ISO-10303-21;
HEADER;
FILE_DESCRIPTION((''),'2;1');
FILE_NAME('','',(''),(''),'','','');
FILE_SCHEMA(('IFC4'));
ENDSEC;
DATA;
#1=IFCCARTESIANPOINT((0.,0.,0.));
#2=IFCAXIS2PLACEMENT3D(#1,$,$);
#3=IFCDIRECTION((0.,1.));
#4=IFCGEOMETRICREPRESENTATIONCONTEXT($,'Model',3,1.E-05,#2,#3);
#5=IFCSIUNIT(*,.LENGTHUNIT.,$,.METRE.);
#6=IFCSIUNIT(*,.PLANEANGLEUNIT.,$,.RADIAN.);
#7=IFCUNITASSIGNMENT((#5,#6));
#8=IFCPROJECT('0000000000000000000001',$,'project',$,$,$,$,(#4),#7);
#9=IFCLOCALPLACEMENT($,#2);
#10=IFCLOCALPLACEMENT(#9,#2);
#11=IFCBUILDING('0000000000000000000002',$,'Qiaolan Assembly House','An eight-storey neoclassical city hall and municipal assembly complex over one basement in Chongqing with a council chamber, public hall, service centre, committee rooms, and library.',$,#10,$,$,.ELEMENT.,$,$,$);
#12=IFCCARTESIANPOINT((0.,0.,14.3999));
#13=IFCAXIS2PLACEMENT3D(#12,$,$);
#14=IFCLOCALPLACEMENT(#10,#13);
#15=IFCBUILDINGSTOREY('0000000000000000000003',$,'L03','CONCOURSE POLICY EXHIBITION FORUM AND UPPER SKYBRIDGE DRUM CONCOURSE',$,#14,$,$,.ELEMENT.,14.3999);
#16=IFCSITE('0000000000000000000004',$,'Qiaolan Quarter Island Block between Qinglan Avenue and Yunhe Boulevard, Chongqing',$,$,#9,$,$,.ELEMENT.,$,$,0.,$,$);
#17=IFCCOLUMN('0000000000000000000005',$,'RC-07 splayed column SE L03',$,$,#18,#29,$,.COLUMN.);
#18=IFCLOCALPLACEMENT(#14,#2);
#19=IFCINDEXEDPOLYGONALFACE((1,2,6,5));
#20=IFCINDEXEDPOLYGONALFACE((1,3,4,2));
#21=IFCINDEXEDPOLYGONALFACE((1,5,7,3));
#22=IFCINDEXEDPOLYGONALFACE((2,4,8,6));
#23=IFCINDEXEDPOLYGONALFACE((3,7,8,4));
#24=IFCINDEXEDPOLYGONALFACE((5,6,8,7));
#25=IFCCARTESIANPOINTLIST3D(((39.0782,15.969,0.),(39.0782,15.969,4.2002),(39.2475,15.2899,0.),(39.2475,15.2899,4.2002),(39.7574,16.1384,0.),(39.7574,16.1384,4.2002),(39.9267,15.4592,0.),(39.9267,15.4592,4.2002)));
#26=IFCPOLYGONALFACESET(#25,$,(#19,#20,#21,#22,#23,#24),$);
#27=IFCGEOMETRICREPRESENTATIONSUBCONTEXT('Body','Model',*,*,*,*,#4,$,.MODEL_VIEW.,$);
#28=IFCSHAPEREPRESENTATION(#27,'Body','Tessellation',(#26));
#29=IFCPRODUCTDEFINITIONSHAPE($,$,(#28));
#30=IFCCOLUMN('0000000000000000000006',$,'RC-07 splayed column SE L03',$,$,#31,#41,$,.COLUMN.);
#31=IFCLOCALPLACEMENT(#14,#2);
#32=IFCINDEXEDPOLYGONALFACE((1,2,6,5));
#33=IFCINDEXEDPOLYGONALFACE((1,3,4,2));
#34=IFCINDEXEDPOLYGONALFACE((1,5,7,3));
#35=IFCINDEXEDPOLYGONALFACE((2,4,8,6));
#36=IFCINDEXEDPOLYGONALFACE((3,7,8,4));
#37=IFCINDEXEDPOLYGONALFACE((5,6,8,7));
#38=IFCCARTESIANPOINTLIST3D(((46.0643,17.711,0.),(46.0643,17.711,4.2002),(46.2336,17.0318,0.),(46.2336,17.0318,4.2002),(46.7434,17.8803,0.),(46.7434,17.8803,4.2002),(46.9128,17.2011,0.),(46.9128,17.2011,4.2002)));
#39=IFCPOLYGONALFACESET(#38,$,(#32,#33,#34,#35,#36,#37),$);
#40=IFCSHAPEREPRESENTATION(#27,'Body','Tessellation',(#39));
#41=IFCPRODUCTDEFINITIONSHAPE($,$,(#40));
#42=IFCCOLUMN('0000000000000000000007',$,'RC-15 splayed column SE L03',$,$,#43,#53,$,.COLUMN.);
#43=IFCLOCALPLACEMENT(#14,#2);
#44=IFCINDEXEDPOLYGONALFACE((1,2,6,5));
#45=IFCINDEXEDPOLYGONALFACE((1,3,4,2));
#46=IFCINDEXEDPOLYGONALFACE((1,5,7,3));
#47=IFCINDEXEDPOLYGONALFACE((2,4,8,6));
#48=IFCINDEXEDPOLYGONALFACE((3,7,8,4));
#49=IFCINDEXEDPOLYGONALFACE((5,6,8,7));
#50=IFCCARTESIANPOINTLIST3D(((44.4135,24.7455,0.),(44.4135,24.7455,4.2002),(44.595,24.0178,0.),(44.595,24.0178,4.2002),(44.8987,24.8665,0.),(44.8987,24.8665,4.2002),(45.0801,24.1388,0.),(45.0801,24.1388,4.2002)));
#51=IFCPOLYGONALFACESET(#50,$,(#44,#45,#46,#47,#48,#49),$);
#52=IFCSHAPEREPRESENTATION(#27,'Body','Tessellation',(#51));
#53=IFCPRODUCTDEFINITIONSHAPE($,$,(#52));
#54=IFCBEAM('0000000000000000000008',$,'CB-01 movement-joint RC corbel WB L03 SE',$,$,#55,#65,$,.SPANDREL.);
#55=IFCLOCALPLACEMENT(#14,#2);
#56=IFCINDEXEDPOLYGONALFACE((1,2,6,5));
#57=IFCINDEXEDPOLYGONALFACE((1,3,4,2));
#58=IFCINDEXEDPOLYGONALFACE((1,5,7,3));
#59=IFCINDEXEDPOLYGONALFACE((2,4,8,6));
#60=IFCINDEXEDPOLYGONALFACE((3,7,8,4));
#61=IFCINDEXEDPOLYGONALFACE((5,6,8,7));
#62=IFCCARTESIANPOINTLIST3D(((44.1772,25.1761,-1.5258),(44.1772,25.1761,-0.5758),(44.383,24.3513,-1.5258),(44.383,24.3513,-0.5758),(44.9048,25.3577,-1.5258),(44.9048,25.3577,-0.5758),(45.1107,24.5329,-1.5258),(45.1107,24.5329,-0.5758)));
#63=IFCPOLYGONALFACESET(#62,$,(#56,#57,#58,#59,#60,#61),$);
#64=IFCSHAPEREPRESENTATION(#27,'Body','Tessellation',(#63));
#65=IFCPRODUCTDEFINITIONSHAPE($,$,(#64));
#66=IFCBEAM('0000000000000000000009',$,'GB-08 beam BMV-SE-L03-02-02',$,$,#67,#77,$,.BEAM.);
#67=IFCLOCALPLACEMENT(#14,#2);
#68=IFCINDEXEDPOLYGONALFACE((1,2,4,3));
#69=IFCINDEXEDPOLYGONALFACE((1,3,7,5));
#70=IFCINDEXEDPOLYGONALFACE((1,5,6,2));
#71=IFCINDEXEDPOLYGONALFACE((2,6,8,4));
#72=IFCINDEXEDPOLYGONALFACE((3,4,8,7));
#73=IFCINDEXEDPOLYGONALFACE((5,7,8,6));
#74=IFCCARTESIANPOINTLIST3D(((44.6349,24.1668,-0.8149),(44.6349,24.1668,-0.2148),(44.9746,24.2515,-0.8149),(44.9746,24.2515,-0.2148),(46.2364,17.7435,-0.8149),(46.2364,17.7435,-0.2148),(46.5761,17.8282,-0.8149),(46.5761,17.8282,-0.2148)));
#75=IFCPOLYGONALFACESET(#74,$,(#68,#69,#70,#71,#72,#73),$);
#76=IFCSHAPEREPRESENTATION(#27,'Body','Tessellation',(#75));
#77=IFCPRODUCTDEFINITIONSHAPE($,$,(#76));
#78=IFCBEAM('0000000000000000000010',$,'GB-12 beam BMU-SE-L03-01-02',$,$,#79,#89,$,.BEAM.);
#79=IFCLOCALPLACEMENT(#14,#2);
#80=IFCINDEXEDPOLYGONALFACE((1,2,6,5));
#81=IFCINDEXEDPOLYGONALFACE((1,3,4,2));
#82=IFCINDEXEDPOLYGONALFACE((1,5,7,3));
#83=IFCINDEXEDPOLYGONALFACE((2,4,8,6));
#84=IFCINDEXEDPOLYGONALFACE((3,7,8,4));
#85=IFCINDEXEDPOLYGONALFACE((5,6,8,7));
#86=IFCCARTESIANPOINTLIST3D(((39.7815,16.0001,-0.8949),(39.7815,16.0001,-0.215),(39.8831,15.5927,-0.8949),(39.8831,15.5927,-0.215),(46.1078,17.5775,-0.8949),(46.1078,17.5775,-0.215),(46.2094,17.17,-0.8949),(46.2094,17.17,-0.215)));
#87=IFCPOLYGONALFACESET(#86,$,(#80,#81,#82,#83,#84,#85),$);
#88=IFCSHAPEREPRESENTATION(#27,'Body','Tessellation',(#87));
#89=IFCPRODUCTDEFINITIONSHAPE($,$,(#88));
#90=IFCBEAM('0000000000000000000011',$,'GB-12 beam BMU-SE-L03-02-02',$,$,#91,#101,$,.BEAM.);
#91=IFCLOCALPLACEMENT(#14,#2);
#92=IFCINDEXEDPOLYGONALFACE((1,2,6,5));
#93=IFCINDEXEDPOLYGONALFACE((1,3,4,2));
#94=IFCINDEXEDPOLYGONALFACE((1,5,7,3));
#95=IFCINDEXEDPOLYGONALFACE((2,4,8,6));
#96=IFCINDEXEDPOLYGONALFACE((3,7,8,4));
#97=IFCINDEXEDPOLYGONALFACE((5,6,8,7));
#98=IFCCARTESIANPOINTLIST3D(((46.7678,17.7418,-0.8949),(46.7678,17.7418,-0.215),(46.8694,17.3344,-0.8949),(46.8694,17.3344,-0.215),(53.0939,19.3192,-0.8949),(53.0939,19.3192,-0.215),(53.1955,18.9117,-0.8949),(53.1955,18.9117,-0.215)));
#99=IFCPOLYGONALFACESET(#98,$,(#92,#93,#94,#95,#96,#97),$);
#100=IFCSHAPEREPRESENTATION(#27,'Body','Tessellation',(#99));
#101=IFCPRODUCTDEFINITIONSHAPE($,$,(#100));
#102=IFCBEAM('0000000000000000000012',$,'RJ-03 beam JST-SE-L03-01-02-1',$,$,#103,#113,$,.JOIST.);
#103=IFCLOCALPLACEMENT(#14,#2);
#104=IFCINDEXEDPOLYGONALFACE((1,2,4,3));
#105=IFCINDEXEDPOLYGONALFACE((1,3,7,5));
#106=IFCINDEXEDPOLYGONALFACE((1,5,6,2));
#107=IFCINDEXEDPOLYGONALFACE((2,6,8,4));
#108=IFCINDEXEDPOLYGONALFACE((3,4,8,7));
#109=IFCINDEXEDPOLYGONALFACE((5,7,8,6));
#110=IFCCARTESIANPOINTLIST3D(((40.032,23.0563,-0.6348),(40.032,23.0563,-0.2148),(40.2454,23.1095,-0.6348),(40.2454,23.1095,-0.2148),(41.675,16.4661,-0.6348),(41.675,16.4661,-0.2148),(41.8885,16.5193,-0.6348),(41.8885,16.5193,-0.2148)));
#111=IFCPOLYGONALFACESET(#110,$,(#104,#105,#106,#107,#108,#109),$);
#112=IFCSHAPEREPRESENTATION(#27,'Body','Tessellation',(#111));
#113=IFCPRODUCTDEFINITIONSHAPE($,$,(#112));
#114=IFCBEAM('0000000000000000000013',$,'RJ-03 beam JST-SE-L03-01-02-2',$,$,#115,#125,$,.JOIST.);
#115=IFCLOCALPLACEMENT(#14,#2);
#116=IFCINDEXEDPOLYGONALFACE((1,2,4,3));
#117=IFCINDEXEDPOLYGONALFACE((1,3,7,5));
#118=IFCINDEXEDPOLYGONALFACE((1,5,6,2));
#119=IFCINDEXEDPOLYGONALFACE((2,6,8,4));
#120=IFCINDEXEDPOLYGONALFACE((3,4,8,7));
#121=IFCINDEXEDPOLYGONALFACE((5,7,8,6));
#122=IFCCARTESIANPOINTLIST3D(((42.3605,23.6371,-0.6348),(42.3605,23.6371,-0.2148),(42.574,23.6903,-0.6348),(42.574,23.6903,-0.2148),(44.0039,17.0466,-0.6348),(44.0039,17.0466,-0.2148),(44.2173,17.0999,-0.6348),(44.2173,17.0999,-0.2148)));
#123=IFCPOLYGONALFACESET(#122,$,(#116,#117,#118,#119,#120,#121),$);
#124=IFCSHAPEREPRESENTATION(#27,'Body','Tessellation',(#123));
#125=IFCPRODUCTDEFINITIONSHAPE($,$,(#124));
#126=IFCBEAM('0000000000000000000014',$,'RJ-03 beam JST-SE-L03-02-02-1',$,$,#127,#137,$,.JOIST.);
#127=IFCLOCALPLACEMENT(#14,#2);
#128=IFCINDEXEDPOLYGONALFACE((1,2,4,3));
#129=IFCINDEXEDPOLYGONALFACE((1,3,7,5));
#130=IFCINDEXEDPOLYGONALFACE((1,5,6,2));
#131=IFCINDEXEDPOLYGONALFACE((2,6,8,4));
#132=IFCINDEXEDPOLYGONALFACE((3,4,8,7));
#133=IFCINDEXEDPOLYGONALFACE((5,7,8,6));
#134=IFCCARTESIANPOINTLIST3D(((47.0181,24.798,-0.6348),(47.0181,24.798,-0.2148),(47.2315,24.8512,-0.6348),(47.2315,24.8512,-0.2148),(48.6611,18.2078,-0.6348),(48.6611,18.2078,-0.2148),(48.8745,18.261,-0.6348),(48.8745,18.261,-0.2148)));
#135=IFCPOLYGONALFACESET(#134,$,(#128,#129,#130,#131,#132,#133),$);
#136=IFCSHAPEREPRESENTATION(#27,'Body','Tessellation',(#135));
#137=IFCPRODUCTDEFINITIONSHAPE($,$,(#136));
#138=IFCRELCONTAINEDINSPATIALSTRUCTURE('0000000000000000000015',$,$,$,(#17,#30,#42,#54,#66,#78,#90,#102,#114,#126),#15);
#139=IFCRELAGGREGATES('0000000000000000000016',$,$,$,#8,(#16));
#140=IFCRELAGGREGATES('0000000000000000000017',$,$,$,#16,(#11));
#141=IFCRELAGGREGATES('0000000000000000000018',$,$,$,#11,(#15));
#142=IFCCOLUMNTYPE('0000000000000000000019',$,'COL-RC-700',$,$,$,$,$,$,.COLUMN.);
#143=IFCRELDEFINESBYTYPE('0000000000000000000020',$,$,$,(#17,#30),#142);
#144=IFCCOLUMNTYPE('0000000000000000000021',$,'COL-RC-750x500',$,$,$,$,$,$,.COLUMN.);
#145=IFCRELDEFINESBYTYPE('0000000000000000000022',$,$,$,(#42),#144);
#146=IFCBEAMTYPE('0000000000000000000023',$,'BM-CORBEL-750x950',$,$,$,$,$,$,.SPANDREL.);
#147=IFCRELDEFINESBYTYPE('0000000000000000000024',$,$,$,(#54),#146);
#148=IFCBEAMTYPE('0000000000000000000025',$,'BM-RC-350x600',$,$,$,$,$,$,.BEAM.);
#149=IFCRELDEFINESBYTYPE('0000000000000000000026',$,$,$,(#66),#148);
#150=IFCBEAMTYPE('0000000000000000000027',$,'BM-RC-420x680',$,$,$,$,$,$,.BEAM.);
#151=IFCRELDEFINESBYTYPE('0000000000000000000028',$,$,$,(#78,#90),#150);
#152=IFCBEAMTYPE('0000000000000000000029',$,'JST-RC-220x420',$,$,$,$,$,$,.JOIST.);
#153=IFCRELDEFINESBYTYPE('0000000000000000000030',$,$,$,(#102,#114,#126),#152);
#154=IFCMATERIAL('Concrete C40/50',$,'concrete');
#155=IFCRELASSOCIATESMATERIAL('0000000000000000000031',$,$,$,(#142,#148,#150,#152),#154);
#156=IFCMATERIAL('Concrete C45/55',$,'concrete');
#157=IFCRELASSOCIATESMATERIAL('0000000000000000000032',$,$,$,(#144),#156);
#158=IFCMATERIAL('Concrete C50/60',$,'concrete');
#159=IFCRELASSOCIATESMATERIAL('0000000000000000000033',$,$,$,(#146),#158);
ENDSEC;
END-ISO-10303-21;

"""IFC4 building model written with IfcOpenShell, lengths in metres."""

from ifc_helpers import new_model, si_unit, direction, frame, origin, origin_2d, place, context, subcontext, project, spatial, rectangle, extrude, material, material_profile, profile_set, type_object, element, save


model = new_model("IFC4")

# Units and contexts
model_context = context("Model", 3, precision=1e-05, world=origin(), true_north=direction((0.0, 1.0)))
body_context = subcontext(model_context, "Body", "Model", "MODEL_VIEW")
ifc_project = project(units=[si_unit("LENGTHUNIT", "METRE"), si_unit("PLANEANGLEUNIT", "RADIAN")], contexts=[model_context])

# Site, building, storey
site_placement = place(None, origin())
site = spatial("IfcSite", under=ifc_project, at=site_placement, Name="Qiaolan Quarter Island Block between Qinglan Avenue and Yunhe Boulevard, Chongqing", CompositionType="ELEMENT", RefElevation=0.0)
building_placement = place(site_placement, origin())
building = spatial("IfcBuilding", under=site, at=building_placement, Name="Qiaolan Assembly House", Description="An eight-storey neoclassical city hall and municipal assembly complex over one basement in Chongqing with a council chamber, public hall, service centre, committee rooms, and library.", CompositionType="ELEMENT")
storey_placement = place(building_placement, frame((0.0, 0.0, 14.3999)))
storey = spatial("IfcBuildingStorey", under=building, at=storey_placement, Name="L03", Description="CONCOURSE POLICY EXHIBITION FORUM AND UPPER SKYBRIDGE DRUM CONCOURSE", CompositionType="ELEMENT", Elevation=14.3999)

# Columns
ifc_material_1 = material(Name="Concrete C40/50", Category="concrete")
ifc_material_profile_1 = material_profile(ifc_material_1, rectangle(XDim=0.7, YDim=0.7, at=origin_2d()), Name="RC 700x700")
ifc_profile_set_1 = profile_set([ifc_material_profile_1], Name="Concrete C40/50")
column_type_1 = type_object("IfcColumnType", Name="COL-RC-700", PredefinedType="COLUMN", material=ifc_profile_set_1)
for number, where, z_axis, x_axis, name in (
    (1, (39.5024, 15.7141, 0.0), (0.0, 0.0, 1.0), (0.970296, 0.241922, 0.0), "RC-07 splayed column SE L03"),
    (2, (46.4885, 17.4561, 0.0), (0.0, 0.0, 1.0), (0.970296, 0.241922, 0.0), "RC-07 splayed column SE L03"),
):
    element("IfcColumn", number, at=place(storey_placement, frame(where, z_axis=z_axis, x_axis=x_axis)), inside=storey, type_object=column_type_1, Name=name, PredefinedType="COLUMN", context=body_context, shape_type="SweptSolid", body=[
        extrude(rectangle(XDim=0.7, YDim=0.7, at=origin_2d()), origin(), (0.0, 0.0, 1.0), 4.2002),
    ])
ifc_material_2 = material(Name="Concrete C45/55", Category="concrete")
ifc_material_profile_2 = material_profile(ifc_material_2, rectangle(XDim=0.5, YDim=0.75, at=origin_2d()), Name="RC 750x500")
ifc_profile_set_2 = profile_set([ifc_material_profile_2], Name="Concrete C45/55")
column_type_2 = type_object("IfcColumnType", Name="COL-RC-750x500", PredefinedType="COLUMN", material=ifc_profile_set_2)
column_placement = place(storey_placement, frame((44.7468, 24.4421, 0.0), z_axis=(0.0, 0.0, 1.0), x_axis=(0.970296, 0.241922, 0.0)))
element("IfcColumn", 3, at=column_placement, inside=storey, type_object=column_type_2, Name="RC-15 splayed column SE L03", PredefinedType="COLUMN", context=body_context, shape_type="SweptSolid", body=[
    extrude(rectangle(XDim=0.5, YDim=0.75, at=origin_2d()), origin(), (0.0, 0.0, 1.0), 4.2002),
])

# Beams
ifc_material_3 = material(Name="Concrete C50/60", Category="concrete")
ifc_material_profile_3 = material_profile(ifc_material_3, rectangle(XDim=0.75, YDim=0.95, at=origin_2d()), Name="RCB 750x950")
ifc_profile_set_3 = profile_set([ifc_material_profile_3], Name="Concrete C50/60")
beam_type_1 = type_object("IfcBeamType", Name="BM-CORBEL-750x950", PredefinedType="SPANDREL", material=ifc_profile_set_3)
beam_1_placement = place(storey_placement, frame((44.7468, 24.4421, -1.0508), z_axis=(-0.24213, 0.970244, 0.0), x_axis=(-0.970244, -0.24213, 0.0)))
element("IfcBeam", 4, at=beam_1_placement, inside=storey, type_object=beam_type_1, Name="CB-01 movement-joint RC corbel WB L03 SE", PredefinedType="SPANDREL", context=body_context, shape_type="SweptSolid", body=[
    extrude(rectangle(XDim=0.75, YDim=0.95, at=origin_2d()), origin(), (0.0, 0.0, 1.0), 0.8501),
])
ifc_material_profile_4 = material_profile(ifc_material_1, rectangle(XDim=0.3501, YDim=0.6001, at=origin_2d()), Name="RCB 350x600")
ifc_profile_set_4 = profile_set([ifc_material_profile_4], Name="Concrete C40/50")
beam_type_2 = type_object("IfcBeamType", Name="BM-RC-350x600", PredefinedType="BEAM", material=ifc_profile_set_4)
beam_2_placement = place(storey_placement, frame((46.4062, 17.7859, -0.5149), z_axis=(-0.241928, 0.970294, 0.0), x_axis=(-0.970294, -0.241928, 0.0)))
element("IfcBeam", 5, at=beam_2_placement, inside=storey, type_object=beam_type_2, Name="GB-08 beam BMV-SE-L03-02-02", PredefinedType="BEAM", context=body_context, shape_type="SweptSolid", body=[
    extrude(rectangle(XDim=0.3501, YDim=0.6001, at=origin_2d()), origin(), (0.0, 0.0, 1.0), 6.6199),
])
ifc_material_profile_5 = material_profile(ifc_material_1, rectangle(XDim=0.4199, YDim=0.6799, at=origin_2d()), Name="RCB 420x680")
ifc_profile_set_5 = profile_set([ifc_material_profile_5], Name="Concrete C40/50")
beam_type_3 = type_object("IfcBeamType", Name="BM-RC-420x680", PredefinedType="BEAM", material=ifc_profile_set_5)
beam_3_placement = place(storey_placement, frame((39.8323, 15.7964, -0.5549), z_axis=(0.970294, 0.241928, 0.0), x_axis=(-0.241928, 0.970294, 0.0)))
element("IfcBeam", 6, at=beam_3_placement, inside=storey, type_object=beam_type_3, Name="GB-12 beam BMU-SE-L03-01-02", PredefinedType="BEAM", context=body_context, shape_type="SweptSolid", body=[
    extrude(rectangle(XDim=0.4199, YDim=0.6799, at=origin_2d()), origin(), (0.0, 0.0, 1.0), 6.52),
])
beam_4_placement = place(storey_placement, frame((46.8186, 17.5381, -0.5549), z_axis=(0.970292, 0.241936, 0.0), x_axis=(-0.241936, 0.970292, 0.0)))
element("IfcBeam", 7, at=beam_4_placement, inside=storey, type_object=beam_type_3, Name="GB-12 beam BMU-SE-L03-02-02", PredefinedType="BEAM", context=body_context, shape_type="SweptSolid", body=[
    extrude(rectangle(XDim=0.4199, YDim=0.6799, at=origin_2d()), origin(), (0.0, 0.0, 1.0), 6.5198),
])
ifc_material_profile_6 = material_profile(ifc_material_1, rectangle(XDim=0.22, YDim=0.4199, at=origin_2d()), Name="RCB 220x420")
ifc_profile_set_6 = profile_set([ifc_material_profile_6], Name="Concrete C40/50")
beam_type_4 = type_object("IfcBeamType", Name="JST-RC-220x420", PredefinedType="JOIST", material=ifc_profile_set_6)
beam_5_placement = place(storey_placement, frame((41.7817, 16.4927, -0.4248), z_axis=(-0.24191, 0.970299, 0.0), x_axis=(-0.970299, -0.24191, 0.0)))
element("IfcBeam", 8, at=beam_5_placement, inside=storey, type_object=beam_type_4, Name="RJ-03 beam JST-SE-L03-01-02-1", PredefinedType="JOIST", context=body_context, shape_type="SweptSolid", body=[
    extrude(rectangle(XDim=0.22, YDim=0.4199, at=origin_2d()), origin(), (0.0, 0.0, 1.0), 6.792),
])
beam_6_placement = place(storey_placement, frame((44.1106, 17.0732, -0.4248), z_axis=(-0.241944, 0.97029, 0.0), x_axis=(-0.97029, -0.241944, 0.0)))
element("IfcBeam", 9, at=beam_6_placement, inside=storey, type_object=beam_type_4, Name="RJ-03 beam JST-SE-L03-01-02-2", PredefinedType="JOIST", context=body_context, shape_type="SweptSolid", body=[
    extrude(rectangle(XDim=0.22, YDim=0.4199, at=origin_2d()), origin(), (0.0, 0.0, 1.0), 6.7922),
])
beam_7_placement = place(storey_placement, frame((48.7678, 18.2344, -0.4248), z_axis=(-0.24191, 0.970299, 0.0), x_axis=(-0.970299, -0.24191, 0.0)))
element("IfcBeam", 10, at=beam_7_placement, inside=storey, type_object=beam_type_4, Name="RJ-03 beam JST-SE-L03-02-02-1", PredefinedType="JOIST", context=body_context, shape_type="SweptSolid", body=[
    extrude(rectangle(XDim=0.22, YDim=0.4199, at=origin_2d()), origin(), (0.0, 0.0, 1.0), 6.792),
])

save(model, "model.ifc")
